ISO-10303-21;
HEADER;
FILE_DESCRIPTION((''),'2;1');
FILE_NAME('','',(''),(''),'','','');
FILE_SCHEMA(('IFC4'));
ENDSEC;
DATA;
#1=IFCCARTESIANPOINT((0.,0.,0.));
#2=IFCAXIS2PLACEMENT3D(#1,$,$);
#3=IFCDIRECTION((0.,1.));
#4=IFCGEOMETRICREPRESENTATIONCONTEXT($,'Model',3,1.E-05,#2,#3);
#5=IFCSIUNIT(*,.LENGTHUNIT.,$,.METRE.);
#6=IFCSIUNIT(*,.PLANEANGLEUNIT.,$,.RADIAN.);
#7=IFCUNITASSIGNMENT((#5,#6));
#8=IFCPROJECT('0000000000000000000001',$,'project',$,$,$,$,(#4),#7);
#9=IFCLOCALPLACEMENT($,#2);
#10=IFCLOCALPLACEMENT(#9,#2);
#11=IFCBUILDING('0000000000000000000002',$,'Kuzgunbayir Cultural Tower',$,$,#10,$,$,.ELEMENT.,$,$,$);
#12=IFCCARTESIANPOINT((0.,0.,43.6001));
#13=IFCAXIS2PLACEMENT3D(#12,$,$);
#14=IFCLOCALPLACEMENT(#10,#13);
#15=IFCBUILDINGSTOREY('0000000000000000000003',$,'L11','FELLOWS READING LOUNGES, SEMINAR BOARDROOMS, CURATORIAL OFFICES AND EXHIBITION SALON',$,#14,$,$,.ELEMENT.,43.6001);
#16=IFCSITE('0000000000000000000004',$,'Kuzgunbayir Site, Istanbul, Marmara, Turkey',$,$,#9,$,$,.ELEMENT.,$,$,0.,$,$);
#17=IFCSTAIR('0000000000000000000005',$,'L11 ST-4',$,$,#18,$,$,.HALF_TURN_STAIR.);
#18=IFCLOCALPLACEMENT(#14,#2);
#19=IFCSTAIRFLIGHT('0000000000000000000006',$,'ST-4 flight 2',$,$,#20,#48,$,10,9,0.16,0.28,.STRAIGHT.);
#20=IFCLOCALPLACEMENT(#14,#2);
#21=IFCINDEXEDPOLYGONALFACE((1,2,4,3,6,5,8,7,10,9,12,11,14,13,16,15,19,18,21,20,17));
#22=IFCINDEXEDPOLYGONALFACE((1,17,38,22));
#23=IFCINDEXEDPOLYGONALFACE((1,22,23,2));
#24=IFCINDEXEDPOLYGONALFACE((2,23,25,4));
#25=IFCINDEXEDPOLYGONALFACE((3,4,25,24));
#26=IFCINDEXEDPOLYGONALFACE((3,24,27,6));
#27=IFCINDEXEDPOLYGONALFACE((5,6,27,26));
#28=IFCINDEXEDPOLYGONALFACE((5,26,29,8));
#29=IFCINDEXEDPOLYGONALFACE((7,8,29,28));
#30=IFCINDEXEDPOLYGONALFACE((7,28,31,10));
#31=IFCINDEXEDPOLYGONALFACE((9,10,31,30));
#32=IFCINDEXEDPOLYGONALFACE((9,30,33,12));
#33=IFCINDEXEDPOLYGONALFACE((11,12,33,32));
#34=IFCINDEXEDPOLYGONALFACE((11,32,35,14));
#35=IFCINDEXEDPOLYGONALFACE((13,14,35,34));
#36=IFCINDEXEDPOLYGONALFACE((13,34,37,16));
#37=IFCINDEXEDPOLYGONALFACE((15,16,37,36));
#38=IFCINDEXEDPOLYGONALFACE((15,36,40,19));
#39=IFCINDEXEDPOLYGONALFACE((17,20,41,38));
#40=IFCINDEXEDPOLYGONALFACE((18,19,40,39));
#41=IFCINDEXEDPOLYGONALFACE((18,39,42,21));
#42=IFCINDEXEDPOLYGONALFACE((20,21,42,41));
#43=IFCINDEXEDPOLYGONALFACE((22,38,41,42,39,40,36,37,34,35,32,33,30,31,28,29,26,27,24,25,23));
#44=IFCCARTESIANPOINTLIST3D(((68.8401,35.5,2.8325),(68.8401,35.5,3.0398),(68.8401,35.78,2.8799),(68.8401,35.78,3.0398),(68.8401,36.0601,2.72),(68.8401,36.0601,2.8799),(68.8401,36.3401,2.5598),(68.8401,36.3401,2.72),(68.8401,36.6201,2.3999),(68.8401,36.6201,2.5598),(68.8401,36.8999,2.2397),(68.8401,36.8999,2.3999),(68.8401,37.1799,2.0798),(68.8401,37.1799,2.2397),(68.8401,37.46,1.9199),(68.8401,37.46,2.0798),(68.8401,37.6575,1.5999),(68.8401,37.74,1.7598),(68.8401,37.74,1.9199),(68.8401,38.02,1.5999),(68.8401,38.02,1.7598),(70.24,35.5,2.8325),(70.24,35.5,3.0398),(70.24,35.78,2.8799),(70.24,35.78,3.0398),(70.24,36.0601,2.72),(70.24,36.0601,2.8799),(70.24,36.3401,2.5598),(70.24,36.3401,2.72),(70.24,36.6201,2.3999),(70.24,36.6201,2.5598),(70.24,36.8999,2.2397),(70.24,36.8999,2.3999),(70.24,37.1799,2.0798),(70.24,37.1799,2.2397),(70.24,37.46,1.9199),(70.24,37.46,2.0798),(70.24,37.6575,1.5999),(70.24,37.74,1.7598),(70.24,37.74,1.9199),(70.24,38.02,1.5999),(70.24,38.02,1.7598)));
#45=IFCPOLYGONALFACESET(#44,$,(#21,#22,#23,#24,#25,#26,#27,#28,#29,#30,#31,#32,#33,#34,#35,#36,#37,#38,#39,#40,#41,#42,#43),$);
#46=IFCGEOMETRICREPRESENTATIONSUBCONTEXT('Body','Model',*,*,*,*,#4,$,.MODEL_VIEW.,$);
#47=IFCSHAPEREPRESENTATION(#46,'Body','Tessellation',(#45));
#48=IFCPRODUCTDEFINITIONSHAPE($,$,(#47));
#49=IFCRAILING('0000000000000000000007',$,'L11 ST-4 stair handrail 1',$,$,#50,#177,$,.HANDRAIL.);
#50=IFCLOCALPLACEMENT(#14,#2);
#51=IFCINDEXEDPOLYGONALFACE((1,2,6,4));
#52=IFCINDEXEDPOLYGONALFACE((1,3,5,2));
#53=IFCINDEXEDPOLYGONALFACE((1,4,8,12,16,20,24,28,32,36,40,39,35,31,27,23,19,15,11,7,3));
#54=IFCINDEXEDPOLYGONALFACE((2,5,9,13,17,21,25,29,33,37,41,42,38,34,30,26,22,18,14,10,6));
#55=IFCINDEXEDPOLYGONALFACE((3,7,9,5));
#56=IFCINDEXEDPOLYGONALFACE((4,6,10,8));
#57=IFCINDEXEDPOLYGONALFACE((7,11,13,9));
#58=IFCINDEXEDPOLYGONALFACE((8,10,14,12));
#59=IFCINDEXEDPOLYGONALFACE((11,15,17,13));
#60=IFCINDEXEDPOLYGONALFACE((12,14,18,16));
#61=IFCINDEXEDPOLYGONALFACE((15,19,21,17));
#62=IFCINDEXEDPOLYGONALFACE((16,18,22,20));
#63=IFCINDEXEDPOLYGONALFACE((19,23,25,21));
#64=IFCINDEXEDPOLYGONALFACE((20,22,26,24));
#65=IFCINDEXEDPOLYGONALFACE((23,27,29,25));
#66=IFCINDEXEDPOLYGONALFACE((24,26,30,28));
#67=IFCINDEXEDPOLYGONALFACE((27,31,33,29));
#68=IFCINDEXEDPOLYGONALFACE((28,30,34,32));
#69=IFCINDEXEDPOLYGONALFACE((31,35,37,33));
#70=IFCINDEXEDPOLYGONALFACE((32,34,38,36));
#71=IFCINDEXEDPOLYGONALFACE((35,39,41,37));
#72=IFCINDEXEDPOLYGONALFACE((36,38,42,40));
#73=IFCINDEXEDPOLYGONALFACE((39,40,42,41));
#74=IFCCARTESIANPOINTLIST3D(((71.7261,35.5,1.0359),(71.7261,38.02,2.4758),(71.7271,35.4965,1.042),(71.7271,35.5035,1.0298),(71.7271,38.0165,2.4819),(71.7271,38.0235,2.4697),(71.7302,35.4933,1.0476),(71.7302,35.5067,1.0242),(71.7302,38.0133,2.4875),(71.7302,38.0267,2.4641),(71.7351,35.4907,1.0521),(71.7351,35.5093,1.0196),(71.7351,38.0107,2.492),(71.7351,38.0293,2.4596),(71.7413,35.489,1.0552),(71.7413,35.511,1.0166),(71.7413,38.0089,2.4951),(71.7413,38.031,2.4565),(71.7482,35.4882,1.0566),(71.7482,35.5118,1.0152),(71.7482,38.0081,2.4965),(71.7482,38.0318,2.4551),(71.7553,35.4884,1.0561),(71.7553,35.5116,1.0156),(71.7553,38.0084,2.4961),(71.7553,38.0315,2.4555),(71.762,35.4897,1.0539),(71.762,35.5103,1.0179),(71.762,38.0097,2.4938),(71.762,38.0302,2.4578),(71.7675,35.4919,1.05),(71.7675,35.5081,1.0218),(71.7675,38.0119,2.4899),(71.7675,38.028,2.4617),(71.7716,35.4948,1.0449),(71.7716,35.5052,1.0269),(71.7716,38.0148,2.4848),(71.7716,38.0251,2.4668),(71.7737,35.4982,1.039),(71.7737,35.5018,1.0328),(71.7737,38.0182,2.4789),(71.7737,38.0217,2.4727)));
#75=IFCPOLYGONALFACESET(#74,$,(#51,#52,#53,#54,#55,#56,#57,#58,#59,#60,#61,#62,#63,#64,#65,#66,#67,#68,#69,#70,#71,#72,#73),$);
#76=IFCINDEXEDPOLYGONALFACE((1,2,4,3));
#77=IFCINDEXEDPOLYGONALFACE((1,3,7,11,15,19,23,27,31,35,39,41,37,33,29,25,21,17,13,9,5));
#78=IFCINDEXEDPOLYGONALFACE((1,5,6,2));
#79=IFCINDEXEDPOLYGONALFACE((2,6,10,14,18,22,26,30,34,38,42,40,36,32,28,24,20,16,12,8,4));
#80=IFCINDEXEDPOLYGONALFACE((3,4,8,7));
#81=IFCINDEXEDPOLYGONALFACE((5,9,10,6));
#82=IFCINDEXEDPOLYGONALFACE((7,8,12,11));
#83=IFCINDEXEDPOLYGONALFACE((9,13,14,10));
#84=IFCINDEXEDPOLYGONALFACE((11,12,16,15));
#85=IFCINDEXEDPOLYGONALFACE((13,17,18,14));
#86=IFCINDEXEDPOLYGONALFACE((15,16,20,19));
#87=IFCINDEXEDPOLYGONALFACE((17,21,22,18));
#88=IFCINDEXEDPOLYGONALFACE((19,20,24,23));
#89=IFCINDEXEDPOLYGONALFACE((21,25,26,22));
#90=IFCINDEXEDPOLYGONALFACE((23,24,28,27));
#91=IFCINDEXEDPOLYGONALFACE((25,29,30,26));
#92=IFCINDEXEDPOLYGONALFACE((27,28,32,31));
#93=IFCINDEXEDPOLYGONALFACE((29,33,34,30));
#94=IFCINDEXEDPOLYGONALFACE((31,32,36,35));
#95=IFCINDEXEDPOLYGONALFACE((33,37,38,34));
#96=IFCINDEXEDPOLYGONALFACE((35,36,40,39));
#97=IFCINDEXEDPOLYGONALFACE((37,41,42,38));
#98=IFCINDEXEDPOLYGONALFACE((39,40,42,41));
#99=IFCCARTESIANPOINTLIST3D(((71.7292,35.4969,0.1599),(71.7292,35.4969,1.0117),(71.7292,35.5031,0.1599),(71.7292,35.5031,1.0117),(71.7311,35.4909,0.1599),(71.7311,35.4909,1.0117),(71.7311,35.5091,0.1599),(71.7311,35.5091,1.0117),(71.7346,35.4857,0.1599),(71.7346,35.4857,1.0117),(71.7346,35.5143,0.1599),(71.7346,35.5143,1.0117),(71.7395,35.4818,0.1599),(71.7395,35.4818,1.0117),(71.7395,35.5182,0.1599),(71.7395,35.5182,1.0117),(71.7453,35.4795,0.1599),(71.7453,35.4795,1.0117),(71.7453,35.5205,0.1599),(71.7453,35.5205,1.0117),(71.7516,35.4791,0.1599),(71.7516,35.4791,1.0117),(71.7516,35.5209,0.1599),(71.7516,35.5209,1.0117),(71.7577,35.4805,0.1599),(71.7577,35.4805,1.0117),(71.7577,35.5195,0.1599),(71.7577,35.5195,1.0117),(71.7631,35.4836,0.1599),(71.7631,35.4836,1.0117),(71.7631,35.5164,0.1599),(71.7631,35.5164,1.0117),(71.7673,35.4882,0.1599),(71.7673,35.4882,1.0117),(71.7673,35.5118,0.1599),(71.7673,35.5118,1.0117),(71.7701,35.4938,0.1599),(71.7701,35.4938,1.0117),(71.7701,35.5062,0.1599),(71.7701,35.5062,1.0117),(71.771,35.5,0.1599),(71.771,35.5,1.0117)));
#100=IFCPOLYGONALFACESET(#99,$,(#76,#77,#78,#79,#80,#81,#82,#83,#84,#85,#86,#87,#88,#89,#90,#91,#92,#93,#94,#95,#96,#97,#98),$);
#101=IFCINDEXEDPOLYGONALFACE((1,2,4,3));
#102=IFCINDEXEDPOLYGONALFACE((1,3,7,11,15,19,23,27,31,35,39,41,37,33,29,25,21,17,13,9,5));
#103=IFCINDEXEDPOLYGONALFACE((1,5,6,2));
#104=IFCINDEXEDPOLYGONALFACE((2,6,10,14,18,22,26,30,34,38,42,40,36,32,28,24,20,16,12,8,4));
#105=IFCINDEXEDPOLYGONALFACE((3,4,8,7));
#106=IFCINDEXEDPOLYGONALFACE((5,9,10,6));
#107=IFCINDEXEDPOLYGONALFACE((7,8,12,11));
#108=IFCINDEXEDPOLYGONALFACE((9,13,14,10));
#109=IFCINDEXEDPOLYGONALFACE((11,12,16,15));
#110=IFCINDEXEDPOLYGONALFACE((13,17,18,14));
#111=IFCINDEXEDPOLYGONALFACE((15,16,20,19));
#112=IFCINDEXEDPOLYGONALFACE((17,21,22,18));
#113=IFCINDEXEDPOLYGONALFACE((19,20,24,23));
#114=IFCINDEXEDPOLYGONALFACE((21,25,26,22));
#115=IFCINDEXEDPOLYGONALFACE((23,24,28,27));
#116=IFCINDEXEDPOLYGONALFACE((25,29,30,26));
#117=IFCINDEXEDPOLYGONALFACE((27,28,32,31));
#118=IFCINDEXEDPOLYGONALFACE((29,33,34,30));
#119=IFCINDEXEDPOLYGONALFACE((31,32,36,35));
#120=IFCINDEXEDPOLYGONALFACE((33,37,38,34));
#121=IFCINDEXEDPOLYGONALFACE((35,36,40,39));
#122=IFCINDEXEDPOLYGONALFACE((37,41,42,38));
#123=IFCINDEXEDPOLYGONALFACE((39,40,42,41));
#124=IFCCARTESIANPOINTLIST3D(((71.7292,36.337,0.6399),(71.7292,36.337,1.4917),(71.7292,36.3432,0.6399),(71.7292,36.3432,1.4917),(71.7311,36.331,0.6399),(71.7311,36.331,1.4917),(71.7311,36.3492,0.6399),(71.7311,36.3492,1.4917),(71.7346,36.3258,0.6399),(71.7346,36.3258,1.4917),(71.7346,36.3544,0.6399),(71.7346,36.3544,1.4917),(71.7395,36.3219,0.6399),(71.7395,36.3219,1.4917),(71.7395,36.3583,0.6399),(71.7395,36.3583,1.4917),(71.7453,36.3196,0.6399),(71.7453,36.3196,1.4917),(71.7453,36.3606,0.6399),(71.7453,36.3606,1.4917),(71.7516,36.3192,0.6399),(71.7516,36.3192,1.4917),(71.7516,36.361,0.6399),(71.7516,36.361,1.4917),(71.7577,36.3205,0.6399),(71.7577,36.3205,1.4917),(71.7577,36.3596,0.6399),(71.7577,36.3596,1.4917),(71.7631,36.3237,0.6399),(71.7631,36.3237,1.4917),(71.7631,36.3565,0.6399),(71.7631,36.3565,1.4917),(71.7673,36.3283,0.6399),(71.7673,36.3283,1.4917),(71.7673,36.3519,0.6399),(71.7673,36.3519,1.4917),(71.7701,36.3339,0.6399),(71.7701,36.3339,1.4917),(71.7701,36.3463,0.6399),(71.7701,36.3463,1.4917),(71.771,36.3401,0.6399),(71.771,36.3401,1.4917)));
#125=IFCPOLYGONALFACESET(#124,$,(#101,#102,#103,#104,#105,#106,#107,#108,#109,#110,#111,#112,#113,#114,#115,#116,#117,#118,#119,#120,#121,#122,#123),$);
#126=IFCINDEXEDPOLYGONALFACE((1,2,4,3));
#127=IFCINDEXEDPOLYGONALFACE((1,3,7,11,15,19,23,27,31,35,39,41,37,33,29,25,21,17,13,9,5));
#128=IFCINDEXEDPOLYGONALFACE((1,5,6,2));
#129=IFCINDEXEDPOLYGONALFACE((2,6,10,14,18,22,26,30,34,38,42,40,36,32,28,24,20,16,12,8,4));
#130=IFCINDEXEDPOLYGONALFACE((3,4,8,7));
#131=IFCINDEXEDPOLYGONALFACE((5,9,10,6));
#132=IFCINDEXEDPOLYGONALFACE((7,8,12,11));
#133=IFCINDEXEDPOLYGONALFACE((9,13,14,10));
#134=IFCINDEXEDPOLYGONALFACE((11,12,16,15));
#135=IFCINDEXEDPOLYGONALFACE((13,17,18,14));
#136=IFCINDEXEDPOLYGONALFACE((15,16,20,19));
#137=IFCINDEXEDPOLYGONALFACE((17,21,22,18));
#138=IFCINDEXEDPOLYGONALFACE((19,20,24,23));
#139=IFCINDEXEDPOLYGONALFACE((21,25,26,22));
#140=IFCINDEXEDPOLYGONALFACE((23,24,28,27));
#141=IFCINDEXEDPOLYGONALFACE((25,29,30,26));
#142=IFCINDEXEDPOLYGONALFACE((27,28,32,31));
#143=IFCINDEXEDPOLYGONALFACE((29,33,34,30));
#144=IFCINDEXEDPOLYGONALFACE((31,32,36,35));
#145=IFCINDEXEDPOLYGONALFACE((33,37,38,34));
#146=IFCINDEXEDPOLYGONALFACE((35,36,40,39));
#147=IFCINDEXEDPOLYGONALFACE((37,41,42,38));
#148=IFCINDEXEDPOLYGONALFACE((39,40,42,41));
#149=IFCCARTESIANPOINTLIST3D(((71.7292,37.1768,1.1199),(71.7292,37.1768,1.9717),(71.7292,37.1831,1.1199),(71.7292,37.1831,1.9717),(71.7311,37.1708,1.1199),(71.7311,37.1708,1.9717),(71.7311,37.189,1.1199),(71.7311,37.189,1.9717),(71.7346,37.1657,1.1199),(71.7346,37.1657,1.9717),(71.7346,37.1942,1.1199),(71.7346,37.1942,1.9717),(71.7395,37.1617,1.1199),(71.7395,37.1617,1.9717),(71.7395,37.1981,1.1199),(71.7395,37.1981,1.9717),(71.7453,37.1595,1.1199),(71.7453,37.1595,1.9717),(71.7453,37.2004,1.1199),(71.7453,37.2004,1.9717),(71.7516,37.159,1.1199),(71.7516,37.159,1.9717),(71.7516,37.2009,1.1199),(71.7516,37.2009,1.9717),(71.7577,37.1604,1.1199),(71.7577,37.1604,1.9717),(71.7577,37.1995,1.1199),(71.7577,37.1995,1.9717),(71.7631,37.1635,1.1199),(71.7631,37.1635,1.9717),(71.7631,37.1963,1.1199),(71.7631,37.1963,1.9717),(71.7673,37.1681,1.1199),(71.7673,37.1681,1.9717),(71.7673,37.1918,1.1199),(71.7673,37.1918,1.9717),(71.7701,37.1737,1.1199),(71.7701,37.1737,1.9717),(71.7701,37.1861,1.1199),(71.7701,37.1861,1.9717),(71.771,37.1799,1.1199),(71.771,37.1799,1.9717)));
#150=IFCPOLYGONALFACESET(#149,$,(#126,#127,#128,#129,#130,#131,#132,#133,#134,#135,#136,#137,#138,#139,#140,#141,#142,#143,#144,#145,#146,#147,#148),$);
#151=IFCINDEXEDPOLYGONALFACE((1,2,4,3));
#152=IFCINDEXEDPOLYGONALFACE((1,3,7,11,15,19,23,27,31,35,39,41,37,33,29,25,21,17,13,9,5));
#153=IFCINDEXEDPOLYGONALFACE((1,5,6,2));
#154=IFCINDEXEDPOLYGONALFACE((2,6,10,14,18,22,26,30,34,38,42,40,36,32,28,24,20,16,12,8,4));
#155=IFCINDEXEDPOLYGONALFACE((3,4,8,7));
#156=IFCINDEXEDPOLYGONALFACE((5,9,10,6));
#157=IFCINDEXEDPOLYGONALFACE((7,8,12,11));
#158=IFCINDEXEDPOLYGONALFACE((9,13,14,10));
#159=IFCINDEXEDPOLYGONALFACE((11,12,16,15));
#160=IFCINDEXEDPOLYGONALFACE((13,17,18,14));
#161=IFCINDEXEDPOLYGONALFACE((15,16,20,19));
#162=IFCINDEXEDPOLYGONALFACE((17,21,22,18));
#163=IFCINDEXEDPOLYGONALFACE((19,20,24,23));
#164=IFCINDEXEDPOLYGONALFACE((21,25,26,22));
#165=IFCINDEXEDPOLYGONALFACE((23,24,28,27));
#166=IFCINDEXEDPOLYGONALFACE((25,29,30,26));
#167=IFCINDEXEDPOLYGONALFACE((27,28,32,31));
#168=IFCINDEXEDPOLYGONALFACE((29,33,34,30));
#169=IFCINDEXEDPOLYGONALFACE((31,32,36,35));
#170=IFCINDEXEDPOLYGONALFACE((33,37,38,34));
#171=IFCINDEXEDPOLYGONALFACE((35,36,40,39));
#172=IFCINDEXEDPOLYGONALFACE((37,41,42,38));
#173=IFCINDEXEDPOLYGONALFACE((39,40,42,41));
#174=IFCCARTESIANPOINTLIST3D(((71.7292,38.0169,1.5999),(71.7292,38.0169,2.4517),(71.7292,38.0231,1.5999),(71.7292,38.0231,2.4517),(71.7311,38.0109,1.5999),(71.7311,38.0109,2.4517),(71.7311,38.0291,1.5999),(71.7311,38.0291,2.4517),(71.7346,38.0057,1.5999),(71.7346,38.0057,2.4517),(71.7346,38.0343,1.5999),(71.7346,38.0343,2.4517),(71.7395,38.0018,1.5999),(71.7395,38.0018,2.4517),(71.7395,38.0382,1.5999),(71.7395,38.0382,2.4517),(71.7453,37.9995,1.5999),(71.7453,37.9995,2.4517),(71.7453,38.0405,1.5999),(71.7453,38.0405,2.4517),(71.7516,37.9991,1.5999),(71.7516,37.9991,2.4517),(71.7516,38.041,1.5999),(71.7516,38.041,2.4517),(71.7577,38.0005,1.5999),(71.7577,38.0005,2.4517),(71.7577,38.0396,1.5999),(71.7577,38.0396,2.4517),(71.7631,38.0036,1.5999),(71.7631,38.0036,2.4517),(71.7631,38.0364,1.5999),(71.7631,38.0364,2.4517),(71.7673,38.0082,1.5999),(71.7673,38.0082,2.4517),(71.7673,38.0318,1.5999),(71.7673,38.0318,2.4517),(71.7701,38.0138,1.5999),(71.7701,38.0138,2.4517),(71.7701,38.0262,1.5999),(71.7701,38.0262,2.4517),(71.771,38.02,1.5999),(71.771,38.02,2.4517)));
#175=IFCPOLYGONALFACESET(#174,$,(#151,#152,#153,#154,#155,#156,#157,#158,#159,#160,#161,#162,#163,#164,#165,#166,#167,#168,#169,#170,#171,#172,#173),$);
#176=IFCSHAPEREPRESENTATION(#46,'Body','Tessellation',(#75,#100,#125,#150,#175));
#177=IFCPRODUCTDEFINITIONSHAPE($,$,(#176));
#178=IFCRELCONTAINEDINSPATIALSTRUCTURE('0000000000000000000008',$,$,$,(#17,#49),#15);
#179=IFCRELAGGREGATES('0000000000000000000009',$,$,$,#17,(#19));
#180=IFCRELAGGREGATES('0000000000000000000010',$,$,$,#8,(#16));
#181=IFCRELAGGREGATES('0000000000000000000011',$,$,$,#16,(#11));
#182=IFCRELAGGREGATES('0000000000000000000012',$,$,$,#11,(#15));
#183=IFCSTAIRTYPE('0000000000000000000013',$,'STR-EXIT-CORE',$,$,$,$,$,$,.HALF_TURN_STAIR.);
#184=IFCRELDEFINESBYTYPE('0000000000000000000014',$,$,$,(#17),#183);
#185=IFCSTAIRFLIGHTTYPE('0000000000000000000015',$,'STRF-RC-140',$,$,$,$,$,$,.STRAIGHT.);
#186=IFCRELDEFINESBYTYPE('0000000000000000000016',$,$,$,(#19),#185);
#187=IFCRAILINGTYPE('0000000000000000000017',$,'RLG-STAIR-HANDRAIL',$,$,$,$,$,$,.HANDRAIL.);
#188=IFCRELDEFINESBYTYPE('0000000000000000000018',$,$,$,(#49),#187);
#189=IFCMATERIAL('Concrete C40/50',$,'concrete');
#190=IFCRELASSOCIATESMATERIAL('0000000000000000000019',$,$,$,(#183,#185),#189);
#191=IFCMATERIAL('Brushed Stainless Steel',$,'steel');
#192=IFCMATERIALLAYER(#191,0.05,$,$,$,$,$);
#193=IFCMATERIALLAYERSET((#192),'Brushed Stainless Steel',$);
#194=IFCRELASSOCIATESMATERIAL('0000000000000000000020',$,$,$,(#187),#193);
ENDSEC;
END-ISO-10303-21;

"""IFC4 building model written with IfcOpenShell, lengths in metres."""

from ifc_helpers import new_model, si_unit, direction, frame, origin, origin_2d, place, context, subcontext, project, spatial, polyline, circle, outline, extrude, material, layer, layer_set, type_object, element, aggregate, save


model = new_model("IFC4")

# Units and contexts
model_context = context("Model", 3, precision=1e-05, world=origin(), true_north=direction((0.0, 1.0)))
body_context = subcontext(model_context, "Body", "Model", "MODEL_VIEW")
ifc_project = project(units=[si_unit("LENGTHUNIT", "METRE"), si_unit("PLANEANGLEUNIT", "RADIAN")], contexts=[model_context])

# Site, building, storey
site_placement = place(None, origin())
site = spatial("IfcSite", under=ifc_project, at=site_placement, Name="Kuzgunbayir Site, Istanbul, Marmara, Turkey", CompositionType="ELEMENT", RefElevation=0.0)
building_placement = place(site_placement, origin())
building = spatial("IfcBuilding", under=site, at=building_placement, Name="Kuzgunbayir Cultural Tower", CompositionType="ELEMENT")
storey_placement = place(building_placement, frame((0.0, 0.0, 43.6001)))
storey = spatial("IfcBuildingStorey", under=building, at=storey_placement, Name="L11", Description="FELLOWS READING LOUNGES, SEMINAR BOARDROOMS, CURATORIAL OFFICES AND EXHIBITION SALON", CompositionType="ELEMENT", Elevation=43.6001)

# Shared definitions
ifc_material_1 = material(Name="Concrete C40/50", Category="concrete")
ifc_material_2 = material(Name="Brushed Stainless Steel", Category="steel")

# Stair, stair flight
stair_type = type_object("IfcStairType", Name="STR-EXIT-CORE", PredefinedType="HALF_TURN_STAIR", material=ifc_material_1)
stair_placement = place(storey_placement, origin())
stair = element("IfcStair", 1, at=stair_placement, inside=storey, type_object=stair_type, Name="L11 ST-4", PredefinedType="HALF_TURN_STAIR")
stair_flight_type = type_object("IfcStairFlightType", Name="STRF-RC-140", PredefinedType="STRAIGHT", material=ifc_material_1)
stair_flight_placement = place(storey_placement, frame((69.54, 38.02, 1.5999), z_axis=(0.0, 0.0, 1.0), x_axis=(0.0, -1.0, 0.0)))
stair_flight = element("IfcStairFlight", 2, at=stair_flight_placement, type_object=stair_flight_type, Name="ST-4 flight 2", NumberOfRisers=10, NumberOfTreads=9, PredefinedType="STRAIGHT", RiserHeight=0.16, TreadLength=0.28, context=body_context, shape_type="SweptSolid", body=[
    extrude(outline(polyline([(0.0, 0.0), (0.0, 0.1599), (0.28, 0.1599), (0.28, 0.3201), (0.5601, 0.3201), (0.5601, 0.48), (0.8401, 0.48), (0.8401, 0.6399), (1.1201, 0.6399), (1.1201, 0.8), (1.3999, 0.8), (1.3999, 0.96), (1.6799, 0.96), (1.6799, 1.1201), (1.96, 1.1201), (1.96, 1.28), (2.24, 1.28), (2.24, 1.4399), (2.52, 1.4399), (2.52, 1.6001), (2.52, 1.2327), (0.3625, 0.0), (0.0, 0.0)])), frame((0.0, 0.7, 0.0), z_axis=(0.0, -1.0, 0.0), x_axis=(1.0, 0.0, 0.0)), (0.0, 0.0, 1.0), 1.3999),
])
aggregate(stair, [stair_flight])

# Railing
ifc_layer_1 = layer(ifc_material_2, 0.05)
ifc_layer_set_1 = layer_set([ifc_layer_1], Name="Brushed Stainless Steel")
railing_type_1 = type_object("IfcRailingType", Name="RLG-STAIR-HANDRAIL", PredefinedType="HANDRAIL", material=ifc_layer_set_1)
railing_1_placement = place(storey_placement, frame((71.75, 35.5, 0.1599)))
element("IfcRailing", 3, at=railing_1_placement, inside=storey, type_object=railing_type_1, Name="L11 ST-4 stair handrail 1", PredefinedType="HANDRAIL", context=body_context, shape_type="SweptSolid", body=[
    extrude(circle(Radius=0.0239, at=origin_2d()), frame((0.0, 0.0, 0.876), z_axis=(0.0, 0.868253, 0.496121), x_axis=(-1.0, 0.0, 0.0)), (0.0, 0.0, 1.0), 2.9023),
    extrude(circle(Radius=0.021, at=origin_2d()), origin(), (0.0, 0.0, 1.0), 0.8518),
    extrude(circle(Radius=0.021, at=origin_2d()), frame((0.0, 0.8401, 0.48)), (0.0, 0.0, 1.0), 0.8518),
    extrude(circle(Radius=0.021, at=origin_2d()), frame((0.0, 1.6799, 0.96)), (0.0, 0.0, 1.0), 0.8518),
    extrude(circle(Radius=0.021, at=origin_2d()), frame((0.0, 2.52, 1.4399)), (0.0, 0.0, 1.0), 0.8518),
])

save(model, "model.ifc")
